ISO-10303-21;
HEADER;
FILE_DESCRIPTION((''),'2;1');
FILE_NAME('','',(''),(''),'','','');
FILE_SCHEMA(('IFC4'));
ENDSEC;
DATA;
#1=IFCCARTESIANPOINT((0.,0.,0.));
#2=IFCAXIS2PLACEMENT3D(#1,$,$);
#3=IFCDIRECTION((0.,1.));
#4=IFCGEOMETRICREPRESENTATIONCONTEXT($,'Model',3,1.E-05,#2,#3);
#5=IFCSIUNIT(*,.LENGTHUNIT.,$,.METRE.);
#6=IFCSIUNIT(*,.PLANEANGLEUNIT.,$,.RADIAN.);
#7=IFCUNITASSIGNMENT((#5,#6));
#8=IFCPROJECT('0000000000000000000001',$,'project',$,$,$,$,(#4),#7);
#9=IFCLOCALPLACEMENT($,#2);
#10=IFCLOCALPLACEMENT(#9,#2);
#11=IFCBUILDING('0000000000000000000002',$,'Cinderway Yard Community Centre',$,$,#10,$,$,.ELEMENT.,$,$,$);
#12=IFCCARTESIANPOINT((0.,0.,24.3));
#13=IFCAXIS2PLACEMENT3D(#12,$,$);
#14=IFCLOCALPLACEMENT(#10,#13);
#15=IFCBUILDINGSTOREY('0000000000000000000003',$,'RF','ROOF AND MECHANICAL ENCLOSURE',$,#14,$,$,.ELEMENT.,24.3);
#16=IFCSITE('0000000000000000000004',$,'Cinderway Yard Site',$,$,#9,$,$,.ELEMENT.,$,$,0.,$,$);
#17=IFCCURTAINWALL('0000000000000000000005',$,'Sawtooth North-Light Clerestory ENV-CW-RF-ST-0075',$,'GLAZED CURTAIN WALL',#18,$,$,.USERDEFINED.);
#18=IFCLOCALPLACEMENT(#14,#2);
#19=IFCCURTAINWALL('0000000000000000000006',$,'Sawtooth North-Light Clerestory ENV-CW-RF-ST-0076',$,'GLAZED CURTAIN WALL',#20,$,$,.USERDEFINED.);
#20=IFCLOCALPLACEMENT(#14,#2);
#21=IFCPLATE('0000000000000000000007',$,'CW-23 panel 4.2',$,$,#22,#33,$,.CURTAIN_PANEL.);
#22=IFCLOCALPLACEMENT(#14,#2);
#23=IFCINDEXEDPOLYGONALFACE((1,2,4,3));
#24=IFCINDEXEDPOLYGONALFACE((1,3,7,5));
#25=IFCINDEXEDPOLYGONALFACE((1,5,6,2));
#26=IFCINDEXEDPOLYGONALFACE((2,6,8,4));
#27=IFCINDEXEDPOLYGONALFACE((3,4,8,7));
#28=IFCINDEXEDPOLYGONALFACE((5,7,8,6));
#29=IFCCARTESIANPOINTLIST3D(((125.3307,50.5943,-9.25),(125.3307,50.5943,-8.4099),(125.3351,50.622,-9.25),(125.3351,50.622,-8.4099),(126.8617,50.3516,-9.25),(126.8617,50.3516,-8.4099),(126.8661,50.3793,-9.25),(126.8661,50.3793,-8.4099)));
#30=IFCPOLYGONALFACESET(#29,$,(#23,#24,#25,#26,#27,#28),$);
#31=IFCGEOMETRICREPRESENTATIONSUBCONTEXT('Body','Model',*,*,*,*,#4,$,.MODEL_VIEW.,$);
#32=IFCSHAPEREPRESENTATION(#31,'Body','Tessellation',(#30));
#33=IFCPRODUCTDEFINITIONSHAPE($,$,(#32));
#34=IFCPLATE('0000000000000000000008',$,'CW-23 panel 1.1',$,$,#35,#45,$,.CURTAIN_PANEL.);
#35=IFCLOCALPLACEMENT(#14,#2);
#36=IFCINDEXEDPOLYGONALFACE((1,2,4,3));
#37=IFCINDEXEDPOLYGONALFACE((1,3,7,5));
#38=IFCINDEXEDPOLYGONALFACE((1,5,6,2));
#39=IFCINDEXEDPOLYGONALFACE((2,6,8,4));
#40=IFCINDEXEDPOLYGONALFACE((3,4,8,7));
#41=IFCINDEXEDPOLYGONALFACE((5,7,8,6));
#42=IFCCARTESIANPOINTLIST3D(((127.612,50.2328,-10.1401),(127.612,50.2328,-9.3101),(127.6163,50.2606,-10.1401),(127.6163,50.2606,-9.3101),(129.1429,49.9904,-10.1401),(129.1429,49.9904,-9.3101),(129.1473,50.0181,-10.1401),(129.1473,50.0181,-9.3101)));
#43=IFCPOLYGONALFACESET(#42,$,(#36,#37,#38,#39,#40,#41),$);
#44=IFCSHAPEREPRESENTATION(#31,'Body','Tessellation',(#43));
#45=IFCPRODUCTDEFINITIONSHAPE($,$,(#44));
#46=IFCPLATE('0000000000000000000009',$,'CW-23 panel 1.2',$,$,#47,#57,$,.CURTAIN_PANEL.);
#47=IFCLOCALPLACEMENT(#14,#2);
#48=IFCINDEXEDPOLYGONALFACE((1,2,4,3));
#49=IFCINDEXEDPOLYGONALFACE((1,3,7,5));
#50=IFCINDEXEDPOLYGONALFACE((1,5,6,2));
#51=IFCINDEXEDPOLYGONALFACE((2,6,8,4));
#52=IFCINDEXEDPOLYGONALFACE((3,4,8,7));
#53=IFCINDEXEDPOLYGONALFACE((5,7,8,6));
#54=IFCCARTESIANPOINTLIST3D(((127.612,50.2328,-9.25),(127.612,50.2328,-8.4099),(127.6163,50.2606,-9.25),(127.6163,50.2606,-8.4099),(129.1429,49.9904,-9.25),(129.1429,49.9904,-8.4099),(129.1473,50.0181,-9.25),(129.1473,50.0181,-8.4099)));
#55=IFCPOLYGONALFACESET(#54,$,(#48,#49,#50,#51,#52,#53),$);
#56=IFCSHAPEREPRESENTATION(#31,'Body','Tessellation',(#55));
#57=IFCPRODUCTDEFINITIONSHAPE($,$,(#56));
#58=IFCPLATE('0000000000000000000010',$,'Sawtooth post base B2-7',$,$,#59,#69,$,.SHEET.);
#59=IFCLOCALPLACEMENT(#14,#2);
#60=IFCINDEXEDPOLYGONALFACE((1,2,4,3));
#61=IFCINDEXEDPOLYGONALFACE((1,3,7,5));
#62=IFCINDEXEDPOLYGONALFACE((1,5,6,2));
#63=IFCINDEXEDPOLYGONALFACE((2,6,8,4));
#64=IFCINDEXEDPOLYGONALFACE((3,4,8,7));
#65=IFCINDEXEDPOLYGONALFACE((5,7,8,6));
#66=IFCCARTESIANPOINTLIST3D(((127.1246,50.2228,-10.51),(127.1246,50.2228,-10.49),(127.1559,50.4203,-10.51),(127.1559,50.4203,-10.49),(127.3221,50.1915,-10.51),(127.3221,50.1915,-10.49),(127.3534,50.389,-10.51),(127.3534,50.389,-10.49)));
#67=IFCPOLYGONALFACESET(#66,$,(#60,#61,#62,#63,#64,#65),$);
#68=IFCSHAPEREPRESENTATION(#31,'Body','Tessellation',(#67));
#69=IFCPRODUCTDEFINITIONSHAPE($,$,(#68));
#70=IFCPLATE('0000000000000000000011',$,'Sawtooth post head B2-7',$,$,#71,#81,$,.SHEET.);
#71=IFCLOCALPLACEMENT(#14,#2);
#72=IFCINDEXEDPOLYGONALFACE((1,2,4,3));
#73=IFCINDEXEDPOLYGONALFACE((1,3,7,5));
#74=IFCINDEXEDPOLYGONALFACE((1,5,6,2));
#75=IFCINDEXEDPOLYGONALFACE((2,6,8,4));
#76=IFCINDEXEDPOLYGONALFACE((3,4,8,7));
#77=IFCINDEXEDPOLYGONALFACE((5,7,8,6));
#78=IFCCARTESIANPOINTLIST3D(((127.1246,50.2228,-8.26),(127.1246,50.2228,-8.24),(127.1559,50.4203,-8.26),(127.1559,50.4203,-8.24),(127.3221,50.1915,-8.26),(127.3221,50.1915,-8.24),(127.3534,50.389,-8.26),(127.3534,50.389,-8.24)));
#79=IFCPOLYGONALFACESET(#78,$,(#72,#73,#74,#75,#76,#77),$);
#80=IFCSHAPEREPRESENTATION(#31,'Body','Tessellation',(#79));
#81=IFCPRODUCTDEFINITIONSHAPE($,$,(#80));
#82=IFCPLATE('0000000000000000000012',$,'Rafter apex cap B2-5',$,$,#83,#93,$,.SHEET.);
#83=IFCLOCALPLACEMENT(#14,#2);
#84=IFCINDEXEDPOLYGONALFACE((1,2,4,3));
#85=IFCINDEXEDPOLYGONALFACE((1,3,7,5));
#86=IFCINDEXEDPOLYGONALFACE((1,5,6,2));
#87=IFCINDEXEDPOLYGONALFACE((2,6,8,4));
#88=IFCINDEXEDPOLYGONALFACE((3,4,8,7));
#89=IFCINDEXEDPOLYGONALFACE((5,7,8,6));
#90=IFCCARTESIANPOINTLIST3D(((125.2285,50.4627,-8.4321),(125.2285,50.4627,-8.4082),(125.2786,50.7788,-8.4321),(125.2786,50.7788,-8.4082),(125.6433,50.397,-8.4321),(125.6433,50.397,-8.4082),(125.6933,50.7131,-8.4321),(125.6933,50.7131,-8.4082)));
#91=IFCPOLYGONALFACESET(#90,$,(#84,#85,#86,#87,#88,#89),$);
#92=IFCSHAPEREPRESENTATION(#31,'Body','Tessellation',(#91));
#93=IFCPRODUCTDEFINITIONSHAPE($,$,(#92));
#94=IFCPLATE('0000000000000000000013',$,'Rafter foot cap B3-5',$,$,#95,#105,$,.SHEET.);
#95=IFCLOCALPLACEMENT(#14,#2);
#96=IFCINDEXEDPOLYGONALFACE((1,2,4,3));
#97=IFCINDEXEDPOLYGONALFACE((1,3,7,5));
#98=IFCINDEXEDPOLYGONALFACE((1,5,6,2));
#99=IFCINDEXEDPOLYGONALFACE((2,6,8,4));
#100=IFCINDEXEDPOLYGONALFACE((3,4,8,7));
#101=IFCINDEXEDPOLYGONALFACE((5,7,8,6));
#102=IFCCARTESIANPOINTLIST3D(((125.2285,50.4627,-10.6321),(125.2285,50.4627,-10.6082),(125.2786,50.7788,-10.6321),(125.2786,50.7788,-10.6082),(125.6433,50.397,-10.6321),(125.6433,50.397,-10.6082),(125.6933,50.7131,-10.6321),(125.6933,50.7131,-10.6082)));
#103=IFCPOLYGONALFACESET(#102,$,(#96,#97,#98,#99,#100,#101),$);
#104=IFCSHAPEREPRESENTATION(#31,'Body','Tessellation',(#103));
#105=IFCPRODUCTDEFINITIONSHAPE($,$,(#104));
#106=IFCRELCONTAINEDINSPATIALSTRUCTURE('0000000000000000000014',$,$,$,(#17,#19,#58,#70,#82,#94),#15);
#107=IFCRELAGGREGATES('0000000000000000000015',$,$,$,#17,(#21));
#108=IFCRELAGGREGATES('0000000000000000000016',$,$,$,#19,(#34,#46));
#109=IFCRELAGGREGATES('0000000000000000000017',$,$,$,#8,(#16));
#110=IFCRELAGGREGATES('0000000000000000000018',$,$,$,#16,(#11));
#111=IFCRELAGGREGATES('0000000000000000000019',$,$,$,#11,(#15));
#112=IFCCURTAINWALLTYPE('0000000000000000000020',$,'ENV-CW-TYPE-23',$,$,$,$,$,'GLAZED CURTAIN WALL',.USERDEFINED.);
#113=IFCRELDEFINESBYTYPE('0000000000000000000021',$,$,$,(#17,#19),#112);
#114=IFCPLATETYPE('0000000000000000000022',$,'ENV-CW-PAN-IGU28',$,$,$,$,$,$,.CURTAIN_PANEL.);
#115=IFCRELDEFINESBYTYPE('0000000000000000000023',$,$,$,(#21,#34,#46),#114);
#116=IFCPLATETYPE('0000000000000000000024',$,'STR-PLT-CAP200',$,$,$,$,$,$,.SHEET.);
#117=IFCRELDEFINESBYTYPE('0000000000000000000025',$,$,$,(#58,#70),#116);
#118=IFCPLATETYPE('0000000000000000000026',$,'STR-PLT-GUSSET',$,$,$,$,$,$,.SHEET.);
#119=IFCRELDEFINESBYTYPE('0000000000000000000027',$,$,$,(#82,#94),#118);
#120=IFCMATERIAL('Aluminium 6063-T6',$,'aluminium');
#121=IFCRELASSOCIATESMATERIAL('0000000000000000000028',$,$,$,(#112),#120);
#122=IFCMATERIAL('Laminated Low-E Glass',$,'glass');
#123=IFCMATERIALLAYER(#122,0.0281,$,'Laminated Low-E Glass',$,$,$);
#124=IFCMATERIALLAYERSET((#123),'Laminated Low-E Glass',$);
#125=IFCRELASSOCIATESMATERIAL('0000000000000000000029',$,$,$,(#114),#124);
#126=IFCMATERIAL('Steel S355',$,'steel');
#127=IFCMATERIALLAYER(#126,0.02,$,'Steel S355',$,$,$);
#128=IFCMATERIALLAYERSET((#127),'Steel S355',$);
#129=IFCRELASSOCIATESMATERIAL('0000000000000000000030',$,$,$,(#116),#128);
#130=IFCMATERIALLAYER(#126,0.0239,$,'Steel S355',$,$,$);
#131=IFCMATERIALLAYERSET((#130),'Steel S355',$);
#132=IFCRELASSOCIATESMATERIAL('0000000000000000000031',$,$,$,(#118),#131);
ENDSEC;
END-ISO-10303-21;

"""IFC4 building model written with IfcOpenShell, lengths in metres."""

from ifc_helpers import new_model, si_unit, direction, frame, origin, origin_2d, place, context, subcontext, project, spatial, rectangle, extrude, material, layer, layer_set, type_object, element, aggregate, save


model = new_model("IFC4")

# Units and contexts
model_context = context("Model", 3, precision=1e-05, world=origin(), true_north=direction((0.0, 1.0)))
body_context = subcontext(model_context, "Body", "Model", "MODEL_VIEW")
ifc_project = project(units=[si_unit("LENGTHUNIT", "METRE"), si_unit("PLANEANGLEUNIT", "RADIAN")], contexts=[model_context])

# Site, building, storey
site_placement = place(None, origin())
site = spatial("IfcSite", under=ifc_project, at=site_placement, Name="Cinderway Yard Site", CompositionType="ELEMENT", RefElevation=0.0)
building_placement = place(site_placement, origin())
building = spatial("IfcBuilding", under=site, at=building_placement, Name="Cinderway Yard Community Centre", CompositionType="ELEMENT")
storey_placement = place(building_placement, frame((0.0, 0.0, 24.3)))
storey = spatial("IfcBuildingStorey", under=building, at=storey_placement, Name="RF", Description="ROOF AND MECHANICAL ENCLOSURE", CompositionType="ELEMENT", Elevation=24.3)

# Curtain wall
ifc_material_1 = material(Name="Aluminium 6063-T6", Category="aluminium")
curtain_wall_type = type_object("IfcCurtainWallType", Name="ENV-CW-TYPE-23", ElementType="GLAZED CURTAIN WALL", PredefinedType="USERDEFINED", material=ifc_material_1)
curtain_wall_1_placement = place(storey_placement, origin())
curtain_wall_1 = element("IfcCurtainWall", 1, at=curtain_wall_1_placement, inside=storey, type_object=curtain_wall_type, Name="Sawtooth North-Light Clerestory ENV-CW-RF-ST-0075", ObjectType="GLAZED CURTAIN WALL", PredefinedType="USERDEFINED")

# Curtain wall
curtain_wall_2_placement = place(storey_placement, origin())
curtain_wall_2 = element("IfcCurtainWall", 2, at=curtain_wall_2_placement, inside=storey, type_object=curtain_wall_type, Name="Sawtooth North-Light Clerestory ENV-CW-RF-ST-0076", ObjectType="GLAZED CURTAIN WALL", PredefinedType="USERDEFINED")

# Shared definitions
ifc_material_2 = material(Name="Steel S355", Category="steel")

# Plates
ifc_material_3 = material(Name="Laminated Low-E Glass", Category="glass")
ifc_layer_1 = layer(ifc_material_3, 0.0281, Name="Laminated Low-E Glass")
ifc_layer_set_1 = layer_set([ifc_layer_1], Name="Laminated Low-E Glass")
plate_type_1 = type_object("IfcPlateType", Name="ENV-CW-PAN-IGU28", PredefinedType="CURTAIN_PANEL", material=ifc_layer_set_1)
plate_1_placement = place(storey_placement, frame((126.0984, 50.4868, -9.25), z_axis=(0.0, 0.0, 1.0), x_axis=(0.987669, -0.156557, 0.0)))
plate_1 = element("IfcPlate", 3, at=plate_1_placement, type_object=plate_type_1, Name="CW-23 panel 4.2", PredefinedType="CURTAIN_PANEL", context=body_context, shape_type="SweptSolid", body=[
    extrude(rectangle(XDim=1.55, YDim=0.0281, at=origin_2d()), origin(), (0.0, 0.0, 1.0), 0.8401),
])
aggregate(curtain_wall_1, [plate_1])
plate_2_placement = place(storey_placement, frame((128.3796, 50.1255, -10.1401), z_axis=(0.0, 0.0, 1.0), x_axis=(0.987692, -0.156409, 0.0)))
plate_2 = element("IfcPlate", 4, at=plate_2_placement, type_object=plate_type_1, Name="CW-23 panel 1.1", PredefinedType="CURTAIN_PANEL", context=body_context, shape_type="SweptSolid", body=[
    extrude(rectangle(XDim=1.55, YDim=0.0281, at=origin_2d()), origin(), (0.0, 0.0, 1.0), 0.8301),
])
plate_3_placement = place(storey_placement, frame((128.3796, 50.1255, -9.25), z_axis=(0.0, 0.0, 1.0), x_axis=(0.987692, -0.156409, 0.0)))
plate_3 = element("IfcPlate", 5, at=plate_3_placement, type_object=plate_type_1, Name="CW-23 panel 1.2", PredefinedType="CURTAIN_PANEL", context=body_context, shape_type="SweptSolid", body=[
    extrude(rectangle(XDim=1.55, YDim=0.0281, at=origin_2d()), origin(), (0.0, 0.0, 1.0), 0.8401),
])
aggregate(curtain_wall_2, [plate_2, plate_3])

# Plates
ifc_layer_2 = layer(ifc_material_2, 0.02, Name="Steel S355")
ifc_layer_set_2 = layer_set([ifc_layer_2], Name="Steel S355")
plate_type_2 = type_object("IfcPlateType", Name="STR-PLT-CAP200", PredefinedType="SHEET", material=ifc_layer_set_2)
for number, where, z_axis, x_axis, name in (
    (6, (127.239, 50.3059, -10.51), (0.0, 0.0, 1.0), (0.987688, -0.156434, 0.0), "Sawtooth post base B2-7"),
    (7, (127.239, 50.3059, -8.26), (0.0, 0.0, 1.0), (0.987688, -0.156434, 0.0), "Sawtooth post head B2-7"),
):
    element("IfcPlate", number, at=place(storey_placement, frame(where, z_axis=z_axis, x_axis=x_axis)), inside=storey, type_object=plate_type_2, Name=name, PredefinedType="SHEET", context=body_context, shape_type="SweptSolid", body=[
        extrude(rectangle(XDim=0.2, YDim=0.2, at=origin_2d()), origin(), (0.0, 0.0, 1.0), 0.02),
    ])
ifc_layer_3 = layer(ifc_material_2, 0.0239, Name="Steel S355")
ifc_layer_set_3 = layer_set([ifc_layer_3], Name="Steel S355")
plate_type_3 = type_object("IfcPlateType", Name="STR-PLT-GUSSET", PredefinedType="SHEET", material=ifc_layer_set_3)
for number, where, z_axis, x_axis, name in (
    (8, (125.4609, 50.5879, -8.4321), (0.0, 0.0, 1.0), (0.987688, -0.156434, 0.0), "Rafter apex cap B2-5"),
    (9, (125.4609, 50.5879, -10.6321), (0.0, 0.0, 1.0), (0.987688, -0.156434, 0.0), "Rafter foot cap B3-5"),
):
    element("IfcPlate", number, at=place(storey_placement, frame(where, z_axis=z_axis, x_axis=x_axis)), inside=storey, type_object=plate_type_3, Name=name, PredefinedType="SHEET", context=body_context, shape_type="SweptSolid", body=[
        extrude(rectangle(XDim=0.4199, YDim=0.3201, at=origin_2d()), origin(), (0.0, 0.0, 1.0), 0.0239),
    ])

save(model, "model.ifc")
